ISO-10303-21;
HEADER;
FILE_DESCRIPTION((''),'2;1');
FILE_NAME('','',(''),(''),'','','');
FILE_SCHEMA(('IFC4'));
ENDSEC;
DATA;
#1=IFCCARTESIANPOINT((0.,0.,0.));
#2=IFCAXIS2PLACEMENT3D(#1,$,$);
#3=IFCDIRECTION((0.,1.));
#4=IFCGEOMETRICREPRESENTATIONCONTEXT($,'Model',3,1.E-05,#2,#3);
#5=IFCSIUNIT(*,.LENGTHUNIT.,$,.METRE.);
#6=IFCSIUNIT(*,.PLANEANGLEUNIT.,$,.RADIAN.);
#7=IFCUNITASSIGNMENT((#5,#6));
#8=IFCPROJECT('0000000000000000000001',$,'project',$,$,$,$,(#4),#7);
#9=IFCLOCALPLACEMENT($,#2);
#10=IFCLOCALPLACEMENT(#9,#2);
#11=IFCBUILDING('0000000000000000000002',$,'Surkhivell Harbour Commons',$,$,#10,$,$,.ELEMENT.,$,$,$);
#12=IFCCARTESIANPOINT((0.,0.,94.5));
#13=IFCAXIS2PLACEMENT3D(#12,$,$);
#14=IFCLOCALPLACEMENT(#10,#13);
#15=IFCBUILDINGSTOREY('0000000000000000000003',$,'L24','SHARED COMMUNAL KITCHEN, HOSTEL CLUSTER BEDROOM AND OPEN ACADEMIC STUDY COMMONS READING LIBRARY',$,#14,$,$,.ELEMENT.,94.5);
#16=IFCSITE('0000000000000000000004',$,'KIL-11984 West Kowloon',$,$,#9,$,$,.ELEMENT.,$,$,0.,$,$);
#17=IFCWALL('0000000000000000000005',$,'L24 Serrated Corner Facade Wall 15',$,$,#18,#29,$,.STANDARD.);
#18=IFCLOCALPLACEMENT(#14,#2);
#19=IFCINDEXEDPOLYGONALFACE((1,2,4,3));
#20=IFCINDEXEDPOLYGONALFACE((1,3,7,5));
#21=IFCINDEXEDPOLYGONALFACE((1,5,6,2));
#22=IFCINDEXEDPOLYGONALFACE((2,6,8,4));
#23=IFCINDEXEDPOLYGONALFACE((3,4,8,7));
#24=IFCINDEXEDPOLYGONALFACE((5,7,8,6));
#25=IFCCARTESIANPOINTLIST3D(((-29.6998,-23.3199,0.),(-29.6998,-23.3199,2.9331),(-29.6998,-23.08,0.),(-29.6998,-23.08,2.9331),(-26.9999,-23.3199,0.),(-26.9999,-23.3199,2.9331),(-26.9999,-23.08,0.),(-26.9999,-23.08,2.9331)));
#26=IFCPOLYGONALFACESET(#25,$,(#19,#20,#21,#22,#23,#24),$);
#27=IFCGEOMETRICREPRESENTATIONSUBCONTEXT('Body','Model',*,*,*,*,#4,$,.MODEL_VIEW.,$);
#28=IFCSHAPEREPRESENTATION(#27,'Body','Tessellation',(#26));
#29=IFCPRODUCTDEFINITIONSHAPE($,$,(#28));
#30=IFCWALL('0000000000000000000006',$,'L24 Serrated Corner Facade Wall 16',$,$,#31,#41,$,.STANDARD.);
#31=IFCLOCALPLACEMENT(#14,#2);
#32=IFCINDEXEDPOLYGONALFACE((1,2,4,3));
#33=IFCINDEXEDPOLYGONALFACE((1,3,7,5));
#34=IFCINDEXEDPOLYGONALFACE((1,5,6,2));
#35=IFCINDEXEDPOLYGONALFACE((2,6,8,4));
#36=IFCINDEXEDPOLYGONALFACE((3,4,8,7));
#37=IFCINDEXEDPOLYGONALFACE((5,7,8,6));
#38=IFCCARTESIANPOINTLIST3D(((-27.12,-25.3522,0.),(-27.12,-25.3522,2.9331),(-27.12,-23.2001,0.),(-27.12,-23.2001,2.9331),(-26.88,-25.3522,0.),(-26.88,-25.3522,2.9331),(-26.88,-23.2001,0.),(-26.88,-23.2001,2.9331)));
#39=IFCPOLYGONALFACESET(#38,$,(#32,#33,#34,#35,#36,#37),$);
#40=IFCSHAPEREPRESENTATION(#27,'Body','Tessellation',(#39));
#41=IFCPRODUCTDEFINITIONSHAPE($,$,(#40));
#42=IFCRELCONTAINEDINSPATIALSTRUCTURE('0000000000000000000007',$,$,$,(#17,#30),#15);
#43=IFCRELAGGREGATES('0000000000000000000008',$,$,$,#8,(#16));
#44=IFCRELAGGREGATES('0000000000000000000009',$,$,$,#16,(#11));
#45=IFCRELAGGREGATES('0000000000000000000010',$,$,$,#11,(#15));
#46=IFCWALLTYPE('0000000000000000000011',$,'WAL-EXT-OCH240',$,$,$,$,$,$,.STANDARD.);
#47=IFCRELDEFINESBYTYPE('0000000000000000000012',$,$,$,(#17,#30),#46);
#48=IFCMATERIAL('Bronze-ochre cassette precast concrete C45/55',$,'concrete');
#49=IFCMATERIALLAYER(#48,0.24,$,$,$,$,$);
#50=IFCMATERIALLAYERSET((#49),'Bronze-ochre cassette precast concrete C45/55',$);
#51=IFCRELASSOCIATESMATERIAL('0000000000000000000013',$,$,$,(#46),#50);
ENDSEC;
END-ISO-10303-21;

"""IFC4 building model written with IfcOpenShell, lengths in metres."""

from ifc_helpers import new_model, si_unit, direction, frame, frame_2d, origin, place, context, subcontext, project, spatial, rectangle, extrude, material, layer, layer_set, type_object, element, save


model = new_model("IFC4")

# Units and contexts
model_context = context("Model", 3, precision=1e-05, world=origin(), true_north=direction((0.0, 1.0)))
body_context = subcontext(model_context, "Body", "Model", "MODEL_VIEW")
ifc_project = project(units=[si_unit("LENGTHUNIT", "METRE"), si_unit("PLANEANGLEUNIT", "RADIAN")], contexts=[model_context])

# Site, building, storey
site_placement = place(None, origin())
site = spatial("IfcSite", under=ifc_project, at=site_placement, Name="KIL-11984 West Kowloon", CompositionType="ELEMENT", RefElevation=0.0)
building_placement = place(site_placement, origin())
building = spatial("IfcBuilding", under=site, at=building_placement, Name="Surkhivell Harbour Commons", CompositionType="ELEMENT")
storey_placement = place(building_placement, frame((0.0, 0.0, 94.5)))
storey = spatial("IfcBuildingStorey", under=building, at=storey_placement, Name="L24", Description="SHARED COMMUNAL KITCHEN, HOSTEL CLUSTER BEDROOM AND OPEN ACADEMIC STUDY COMMONS READING LIBRARY", CompositionType="ELEMENT", Elevation=94.5)

# Walls
ifc_material_1 = material(Name="Bronze-ochre cassette precast concrete C45/55", Category="concrete")
ifc_layer_1 = layer(ifc_material_1, 0.24)
ifc_layer_set_1 = layer_set([ifc_layer_1], Name="Bronze-ochre cassette precast concrete C45/55")
wall_type = type_object("IfcWallType", Name="WAL-EXT-OCH240", PredefinedType="STANDARD", material=ifc_layer_set_1)
for number, where, z_axis, x_axis, name in (
    (1, (-29.7, -23.2, 0.0), (0.0, 0.0, 1.0), (1.0, 0.0, 0.0), "L24 Serrated Corner Facade Wall 15"),
):
    element("IfcWall", number, at=place(storey_placement, frame(where, z_axis=z_axis, x_axis=x_axis)), inside=storey, type_object=wall_type, Name=name, PredefinedType="STANDARD", context=body_context, shape_type="SweptSolid", body=[
        extrude(rectangle(XDim=2.7, YDim=0.24, at=frame_2d((1.3501, 0.0))), origin(), (0.0, 0.0, 1.0), 2.9331),
    ])
wall_1_placement = place(storey_placement, frame((-27.0, -23.2, 0.0), z_axis=(0.0, 0.0, 1.0), x_axis=(0.0, -1.0, 0.0)))
element("IfcWall", 2, at=wall_1_placement, inside=storey, type_object=wall_type, Name="L24 Serrated Corner Facade Wall 16", PredefinedType="STANDARD", context=body_context, shape_type="SweptSolid", body=[
    extrude(rectangle(XDim=2.1521, YDim=0.24, at=frame_2d((1.0762, 0.0))), origin(), (0.0, 0.0, 1.0), 2.9331),
])

save(model, "model.ifc")
